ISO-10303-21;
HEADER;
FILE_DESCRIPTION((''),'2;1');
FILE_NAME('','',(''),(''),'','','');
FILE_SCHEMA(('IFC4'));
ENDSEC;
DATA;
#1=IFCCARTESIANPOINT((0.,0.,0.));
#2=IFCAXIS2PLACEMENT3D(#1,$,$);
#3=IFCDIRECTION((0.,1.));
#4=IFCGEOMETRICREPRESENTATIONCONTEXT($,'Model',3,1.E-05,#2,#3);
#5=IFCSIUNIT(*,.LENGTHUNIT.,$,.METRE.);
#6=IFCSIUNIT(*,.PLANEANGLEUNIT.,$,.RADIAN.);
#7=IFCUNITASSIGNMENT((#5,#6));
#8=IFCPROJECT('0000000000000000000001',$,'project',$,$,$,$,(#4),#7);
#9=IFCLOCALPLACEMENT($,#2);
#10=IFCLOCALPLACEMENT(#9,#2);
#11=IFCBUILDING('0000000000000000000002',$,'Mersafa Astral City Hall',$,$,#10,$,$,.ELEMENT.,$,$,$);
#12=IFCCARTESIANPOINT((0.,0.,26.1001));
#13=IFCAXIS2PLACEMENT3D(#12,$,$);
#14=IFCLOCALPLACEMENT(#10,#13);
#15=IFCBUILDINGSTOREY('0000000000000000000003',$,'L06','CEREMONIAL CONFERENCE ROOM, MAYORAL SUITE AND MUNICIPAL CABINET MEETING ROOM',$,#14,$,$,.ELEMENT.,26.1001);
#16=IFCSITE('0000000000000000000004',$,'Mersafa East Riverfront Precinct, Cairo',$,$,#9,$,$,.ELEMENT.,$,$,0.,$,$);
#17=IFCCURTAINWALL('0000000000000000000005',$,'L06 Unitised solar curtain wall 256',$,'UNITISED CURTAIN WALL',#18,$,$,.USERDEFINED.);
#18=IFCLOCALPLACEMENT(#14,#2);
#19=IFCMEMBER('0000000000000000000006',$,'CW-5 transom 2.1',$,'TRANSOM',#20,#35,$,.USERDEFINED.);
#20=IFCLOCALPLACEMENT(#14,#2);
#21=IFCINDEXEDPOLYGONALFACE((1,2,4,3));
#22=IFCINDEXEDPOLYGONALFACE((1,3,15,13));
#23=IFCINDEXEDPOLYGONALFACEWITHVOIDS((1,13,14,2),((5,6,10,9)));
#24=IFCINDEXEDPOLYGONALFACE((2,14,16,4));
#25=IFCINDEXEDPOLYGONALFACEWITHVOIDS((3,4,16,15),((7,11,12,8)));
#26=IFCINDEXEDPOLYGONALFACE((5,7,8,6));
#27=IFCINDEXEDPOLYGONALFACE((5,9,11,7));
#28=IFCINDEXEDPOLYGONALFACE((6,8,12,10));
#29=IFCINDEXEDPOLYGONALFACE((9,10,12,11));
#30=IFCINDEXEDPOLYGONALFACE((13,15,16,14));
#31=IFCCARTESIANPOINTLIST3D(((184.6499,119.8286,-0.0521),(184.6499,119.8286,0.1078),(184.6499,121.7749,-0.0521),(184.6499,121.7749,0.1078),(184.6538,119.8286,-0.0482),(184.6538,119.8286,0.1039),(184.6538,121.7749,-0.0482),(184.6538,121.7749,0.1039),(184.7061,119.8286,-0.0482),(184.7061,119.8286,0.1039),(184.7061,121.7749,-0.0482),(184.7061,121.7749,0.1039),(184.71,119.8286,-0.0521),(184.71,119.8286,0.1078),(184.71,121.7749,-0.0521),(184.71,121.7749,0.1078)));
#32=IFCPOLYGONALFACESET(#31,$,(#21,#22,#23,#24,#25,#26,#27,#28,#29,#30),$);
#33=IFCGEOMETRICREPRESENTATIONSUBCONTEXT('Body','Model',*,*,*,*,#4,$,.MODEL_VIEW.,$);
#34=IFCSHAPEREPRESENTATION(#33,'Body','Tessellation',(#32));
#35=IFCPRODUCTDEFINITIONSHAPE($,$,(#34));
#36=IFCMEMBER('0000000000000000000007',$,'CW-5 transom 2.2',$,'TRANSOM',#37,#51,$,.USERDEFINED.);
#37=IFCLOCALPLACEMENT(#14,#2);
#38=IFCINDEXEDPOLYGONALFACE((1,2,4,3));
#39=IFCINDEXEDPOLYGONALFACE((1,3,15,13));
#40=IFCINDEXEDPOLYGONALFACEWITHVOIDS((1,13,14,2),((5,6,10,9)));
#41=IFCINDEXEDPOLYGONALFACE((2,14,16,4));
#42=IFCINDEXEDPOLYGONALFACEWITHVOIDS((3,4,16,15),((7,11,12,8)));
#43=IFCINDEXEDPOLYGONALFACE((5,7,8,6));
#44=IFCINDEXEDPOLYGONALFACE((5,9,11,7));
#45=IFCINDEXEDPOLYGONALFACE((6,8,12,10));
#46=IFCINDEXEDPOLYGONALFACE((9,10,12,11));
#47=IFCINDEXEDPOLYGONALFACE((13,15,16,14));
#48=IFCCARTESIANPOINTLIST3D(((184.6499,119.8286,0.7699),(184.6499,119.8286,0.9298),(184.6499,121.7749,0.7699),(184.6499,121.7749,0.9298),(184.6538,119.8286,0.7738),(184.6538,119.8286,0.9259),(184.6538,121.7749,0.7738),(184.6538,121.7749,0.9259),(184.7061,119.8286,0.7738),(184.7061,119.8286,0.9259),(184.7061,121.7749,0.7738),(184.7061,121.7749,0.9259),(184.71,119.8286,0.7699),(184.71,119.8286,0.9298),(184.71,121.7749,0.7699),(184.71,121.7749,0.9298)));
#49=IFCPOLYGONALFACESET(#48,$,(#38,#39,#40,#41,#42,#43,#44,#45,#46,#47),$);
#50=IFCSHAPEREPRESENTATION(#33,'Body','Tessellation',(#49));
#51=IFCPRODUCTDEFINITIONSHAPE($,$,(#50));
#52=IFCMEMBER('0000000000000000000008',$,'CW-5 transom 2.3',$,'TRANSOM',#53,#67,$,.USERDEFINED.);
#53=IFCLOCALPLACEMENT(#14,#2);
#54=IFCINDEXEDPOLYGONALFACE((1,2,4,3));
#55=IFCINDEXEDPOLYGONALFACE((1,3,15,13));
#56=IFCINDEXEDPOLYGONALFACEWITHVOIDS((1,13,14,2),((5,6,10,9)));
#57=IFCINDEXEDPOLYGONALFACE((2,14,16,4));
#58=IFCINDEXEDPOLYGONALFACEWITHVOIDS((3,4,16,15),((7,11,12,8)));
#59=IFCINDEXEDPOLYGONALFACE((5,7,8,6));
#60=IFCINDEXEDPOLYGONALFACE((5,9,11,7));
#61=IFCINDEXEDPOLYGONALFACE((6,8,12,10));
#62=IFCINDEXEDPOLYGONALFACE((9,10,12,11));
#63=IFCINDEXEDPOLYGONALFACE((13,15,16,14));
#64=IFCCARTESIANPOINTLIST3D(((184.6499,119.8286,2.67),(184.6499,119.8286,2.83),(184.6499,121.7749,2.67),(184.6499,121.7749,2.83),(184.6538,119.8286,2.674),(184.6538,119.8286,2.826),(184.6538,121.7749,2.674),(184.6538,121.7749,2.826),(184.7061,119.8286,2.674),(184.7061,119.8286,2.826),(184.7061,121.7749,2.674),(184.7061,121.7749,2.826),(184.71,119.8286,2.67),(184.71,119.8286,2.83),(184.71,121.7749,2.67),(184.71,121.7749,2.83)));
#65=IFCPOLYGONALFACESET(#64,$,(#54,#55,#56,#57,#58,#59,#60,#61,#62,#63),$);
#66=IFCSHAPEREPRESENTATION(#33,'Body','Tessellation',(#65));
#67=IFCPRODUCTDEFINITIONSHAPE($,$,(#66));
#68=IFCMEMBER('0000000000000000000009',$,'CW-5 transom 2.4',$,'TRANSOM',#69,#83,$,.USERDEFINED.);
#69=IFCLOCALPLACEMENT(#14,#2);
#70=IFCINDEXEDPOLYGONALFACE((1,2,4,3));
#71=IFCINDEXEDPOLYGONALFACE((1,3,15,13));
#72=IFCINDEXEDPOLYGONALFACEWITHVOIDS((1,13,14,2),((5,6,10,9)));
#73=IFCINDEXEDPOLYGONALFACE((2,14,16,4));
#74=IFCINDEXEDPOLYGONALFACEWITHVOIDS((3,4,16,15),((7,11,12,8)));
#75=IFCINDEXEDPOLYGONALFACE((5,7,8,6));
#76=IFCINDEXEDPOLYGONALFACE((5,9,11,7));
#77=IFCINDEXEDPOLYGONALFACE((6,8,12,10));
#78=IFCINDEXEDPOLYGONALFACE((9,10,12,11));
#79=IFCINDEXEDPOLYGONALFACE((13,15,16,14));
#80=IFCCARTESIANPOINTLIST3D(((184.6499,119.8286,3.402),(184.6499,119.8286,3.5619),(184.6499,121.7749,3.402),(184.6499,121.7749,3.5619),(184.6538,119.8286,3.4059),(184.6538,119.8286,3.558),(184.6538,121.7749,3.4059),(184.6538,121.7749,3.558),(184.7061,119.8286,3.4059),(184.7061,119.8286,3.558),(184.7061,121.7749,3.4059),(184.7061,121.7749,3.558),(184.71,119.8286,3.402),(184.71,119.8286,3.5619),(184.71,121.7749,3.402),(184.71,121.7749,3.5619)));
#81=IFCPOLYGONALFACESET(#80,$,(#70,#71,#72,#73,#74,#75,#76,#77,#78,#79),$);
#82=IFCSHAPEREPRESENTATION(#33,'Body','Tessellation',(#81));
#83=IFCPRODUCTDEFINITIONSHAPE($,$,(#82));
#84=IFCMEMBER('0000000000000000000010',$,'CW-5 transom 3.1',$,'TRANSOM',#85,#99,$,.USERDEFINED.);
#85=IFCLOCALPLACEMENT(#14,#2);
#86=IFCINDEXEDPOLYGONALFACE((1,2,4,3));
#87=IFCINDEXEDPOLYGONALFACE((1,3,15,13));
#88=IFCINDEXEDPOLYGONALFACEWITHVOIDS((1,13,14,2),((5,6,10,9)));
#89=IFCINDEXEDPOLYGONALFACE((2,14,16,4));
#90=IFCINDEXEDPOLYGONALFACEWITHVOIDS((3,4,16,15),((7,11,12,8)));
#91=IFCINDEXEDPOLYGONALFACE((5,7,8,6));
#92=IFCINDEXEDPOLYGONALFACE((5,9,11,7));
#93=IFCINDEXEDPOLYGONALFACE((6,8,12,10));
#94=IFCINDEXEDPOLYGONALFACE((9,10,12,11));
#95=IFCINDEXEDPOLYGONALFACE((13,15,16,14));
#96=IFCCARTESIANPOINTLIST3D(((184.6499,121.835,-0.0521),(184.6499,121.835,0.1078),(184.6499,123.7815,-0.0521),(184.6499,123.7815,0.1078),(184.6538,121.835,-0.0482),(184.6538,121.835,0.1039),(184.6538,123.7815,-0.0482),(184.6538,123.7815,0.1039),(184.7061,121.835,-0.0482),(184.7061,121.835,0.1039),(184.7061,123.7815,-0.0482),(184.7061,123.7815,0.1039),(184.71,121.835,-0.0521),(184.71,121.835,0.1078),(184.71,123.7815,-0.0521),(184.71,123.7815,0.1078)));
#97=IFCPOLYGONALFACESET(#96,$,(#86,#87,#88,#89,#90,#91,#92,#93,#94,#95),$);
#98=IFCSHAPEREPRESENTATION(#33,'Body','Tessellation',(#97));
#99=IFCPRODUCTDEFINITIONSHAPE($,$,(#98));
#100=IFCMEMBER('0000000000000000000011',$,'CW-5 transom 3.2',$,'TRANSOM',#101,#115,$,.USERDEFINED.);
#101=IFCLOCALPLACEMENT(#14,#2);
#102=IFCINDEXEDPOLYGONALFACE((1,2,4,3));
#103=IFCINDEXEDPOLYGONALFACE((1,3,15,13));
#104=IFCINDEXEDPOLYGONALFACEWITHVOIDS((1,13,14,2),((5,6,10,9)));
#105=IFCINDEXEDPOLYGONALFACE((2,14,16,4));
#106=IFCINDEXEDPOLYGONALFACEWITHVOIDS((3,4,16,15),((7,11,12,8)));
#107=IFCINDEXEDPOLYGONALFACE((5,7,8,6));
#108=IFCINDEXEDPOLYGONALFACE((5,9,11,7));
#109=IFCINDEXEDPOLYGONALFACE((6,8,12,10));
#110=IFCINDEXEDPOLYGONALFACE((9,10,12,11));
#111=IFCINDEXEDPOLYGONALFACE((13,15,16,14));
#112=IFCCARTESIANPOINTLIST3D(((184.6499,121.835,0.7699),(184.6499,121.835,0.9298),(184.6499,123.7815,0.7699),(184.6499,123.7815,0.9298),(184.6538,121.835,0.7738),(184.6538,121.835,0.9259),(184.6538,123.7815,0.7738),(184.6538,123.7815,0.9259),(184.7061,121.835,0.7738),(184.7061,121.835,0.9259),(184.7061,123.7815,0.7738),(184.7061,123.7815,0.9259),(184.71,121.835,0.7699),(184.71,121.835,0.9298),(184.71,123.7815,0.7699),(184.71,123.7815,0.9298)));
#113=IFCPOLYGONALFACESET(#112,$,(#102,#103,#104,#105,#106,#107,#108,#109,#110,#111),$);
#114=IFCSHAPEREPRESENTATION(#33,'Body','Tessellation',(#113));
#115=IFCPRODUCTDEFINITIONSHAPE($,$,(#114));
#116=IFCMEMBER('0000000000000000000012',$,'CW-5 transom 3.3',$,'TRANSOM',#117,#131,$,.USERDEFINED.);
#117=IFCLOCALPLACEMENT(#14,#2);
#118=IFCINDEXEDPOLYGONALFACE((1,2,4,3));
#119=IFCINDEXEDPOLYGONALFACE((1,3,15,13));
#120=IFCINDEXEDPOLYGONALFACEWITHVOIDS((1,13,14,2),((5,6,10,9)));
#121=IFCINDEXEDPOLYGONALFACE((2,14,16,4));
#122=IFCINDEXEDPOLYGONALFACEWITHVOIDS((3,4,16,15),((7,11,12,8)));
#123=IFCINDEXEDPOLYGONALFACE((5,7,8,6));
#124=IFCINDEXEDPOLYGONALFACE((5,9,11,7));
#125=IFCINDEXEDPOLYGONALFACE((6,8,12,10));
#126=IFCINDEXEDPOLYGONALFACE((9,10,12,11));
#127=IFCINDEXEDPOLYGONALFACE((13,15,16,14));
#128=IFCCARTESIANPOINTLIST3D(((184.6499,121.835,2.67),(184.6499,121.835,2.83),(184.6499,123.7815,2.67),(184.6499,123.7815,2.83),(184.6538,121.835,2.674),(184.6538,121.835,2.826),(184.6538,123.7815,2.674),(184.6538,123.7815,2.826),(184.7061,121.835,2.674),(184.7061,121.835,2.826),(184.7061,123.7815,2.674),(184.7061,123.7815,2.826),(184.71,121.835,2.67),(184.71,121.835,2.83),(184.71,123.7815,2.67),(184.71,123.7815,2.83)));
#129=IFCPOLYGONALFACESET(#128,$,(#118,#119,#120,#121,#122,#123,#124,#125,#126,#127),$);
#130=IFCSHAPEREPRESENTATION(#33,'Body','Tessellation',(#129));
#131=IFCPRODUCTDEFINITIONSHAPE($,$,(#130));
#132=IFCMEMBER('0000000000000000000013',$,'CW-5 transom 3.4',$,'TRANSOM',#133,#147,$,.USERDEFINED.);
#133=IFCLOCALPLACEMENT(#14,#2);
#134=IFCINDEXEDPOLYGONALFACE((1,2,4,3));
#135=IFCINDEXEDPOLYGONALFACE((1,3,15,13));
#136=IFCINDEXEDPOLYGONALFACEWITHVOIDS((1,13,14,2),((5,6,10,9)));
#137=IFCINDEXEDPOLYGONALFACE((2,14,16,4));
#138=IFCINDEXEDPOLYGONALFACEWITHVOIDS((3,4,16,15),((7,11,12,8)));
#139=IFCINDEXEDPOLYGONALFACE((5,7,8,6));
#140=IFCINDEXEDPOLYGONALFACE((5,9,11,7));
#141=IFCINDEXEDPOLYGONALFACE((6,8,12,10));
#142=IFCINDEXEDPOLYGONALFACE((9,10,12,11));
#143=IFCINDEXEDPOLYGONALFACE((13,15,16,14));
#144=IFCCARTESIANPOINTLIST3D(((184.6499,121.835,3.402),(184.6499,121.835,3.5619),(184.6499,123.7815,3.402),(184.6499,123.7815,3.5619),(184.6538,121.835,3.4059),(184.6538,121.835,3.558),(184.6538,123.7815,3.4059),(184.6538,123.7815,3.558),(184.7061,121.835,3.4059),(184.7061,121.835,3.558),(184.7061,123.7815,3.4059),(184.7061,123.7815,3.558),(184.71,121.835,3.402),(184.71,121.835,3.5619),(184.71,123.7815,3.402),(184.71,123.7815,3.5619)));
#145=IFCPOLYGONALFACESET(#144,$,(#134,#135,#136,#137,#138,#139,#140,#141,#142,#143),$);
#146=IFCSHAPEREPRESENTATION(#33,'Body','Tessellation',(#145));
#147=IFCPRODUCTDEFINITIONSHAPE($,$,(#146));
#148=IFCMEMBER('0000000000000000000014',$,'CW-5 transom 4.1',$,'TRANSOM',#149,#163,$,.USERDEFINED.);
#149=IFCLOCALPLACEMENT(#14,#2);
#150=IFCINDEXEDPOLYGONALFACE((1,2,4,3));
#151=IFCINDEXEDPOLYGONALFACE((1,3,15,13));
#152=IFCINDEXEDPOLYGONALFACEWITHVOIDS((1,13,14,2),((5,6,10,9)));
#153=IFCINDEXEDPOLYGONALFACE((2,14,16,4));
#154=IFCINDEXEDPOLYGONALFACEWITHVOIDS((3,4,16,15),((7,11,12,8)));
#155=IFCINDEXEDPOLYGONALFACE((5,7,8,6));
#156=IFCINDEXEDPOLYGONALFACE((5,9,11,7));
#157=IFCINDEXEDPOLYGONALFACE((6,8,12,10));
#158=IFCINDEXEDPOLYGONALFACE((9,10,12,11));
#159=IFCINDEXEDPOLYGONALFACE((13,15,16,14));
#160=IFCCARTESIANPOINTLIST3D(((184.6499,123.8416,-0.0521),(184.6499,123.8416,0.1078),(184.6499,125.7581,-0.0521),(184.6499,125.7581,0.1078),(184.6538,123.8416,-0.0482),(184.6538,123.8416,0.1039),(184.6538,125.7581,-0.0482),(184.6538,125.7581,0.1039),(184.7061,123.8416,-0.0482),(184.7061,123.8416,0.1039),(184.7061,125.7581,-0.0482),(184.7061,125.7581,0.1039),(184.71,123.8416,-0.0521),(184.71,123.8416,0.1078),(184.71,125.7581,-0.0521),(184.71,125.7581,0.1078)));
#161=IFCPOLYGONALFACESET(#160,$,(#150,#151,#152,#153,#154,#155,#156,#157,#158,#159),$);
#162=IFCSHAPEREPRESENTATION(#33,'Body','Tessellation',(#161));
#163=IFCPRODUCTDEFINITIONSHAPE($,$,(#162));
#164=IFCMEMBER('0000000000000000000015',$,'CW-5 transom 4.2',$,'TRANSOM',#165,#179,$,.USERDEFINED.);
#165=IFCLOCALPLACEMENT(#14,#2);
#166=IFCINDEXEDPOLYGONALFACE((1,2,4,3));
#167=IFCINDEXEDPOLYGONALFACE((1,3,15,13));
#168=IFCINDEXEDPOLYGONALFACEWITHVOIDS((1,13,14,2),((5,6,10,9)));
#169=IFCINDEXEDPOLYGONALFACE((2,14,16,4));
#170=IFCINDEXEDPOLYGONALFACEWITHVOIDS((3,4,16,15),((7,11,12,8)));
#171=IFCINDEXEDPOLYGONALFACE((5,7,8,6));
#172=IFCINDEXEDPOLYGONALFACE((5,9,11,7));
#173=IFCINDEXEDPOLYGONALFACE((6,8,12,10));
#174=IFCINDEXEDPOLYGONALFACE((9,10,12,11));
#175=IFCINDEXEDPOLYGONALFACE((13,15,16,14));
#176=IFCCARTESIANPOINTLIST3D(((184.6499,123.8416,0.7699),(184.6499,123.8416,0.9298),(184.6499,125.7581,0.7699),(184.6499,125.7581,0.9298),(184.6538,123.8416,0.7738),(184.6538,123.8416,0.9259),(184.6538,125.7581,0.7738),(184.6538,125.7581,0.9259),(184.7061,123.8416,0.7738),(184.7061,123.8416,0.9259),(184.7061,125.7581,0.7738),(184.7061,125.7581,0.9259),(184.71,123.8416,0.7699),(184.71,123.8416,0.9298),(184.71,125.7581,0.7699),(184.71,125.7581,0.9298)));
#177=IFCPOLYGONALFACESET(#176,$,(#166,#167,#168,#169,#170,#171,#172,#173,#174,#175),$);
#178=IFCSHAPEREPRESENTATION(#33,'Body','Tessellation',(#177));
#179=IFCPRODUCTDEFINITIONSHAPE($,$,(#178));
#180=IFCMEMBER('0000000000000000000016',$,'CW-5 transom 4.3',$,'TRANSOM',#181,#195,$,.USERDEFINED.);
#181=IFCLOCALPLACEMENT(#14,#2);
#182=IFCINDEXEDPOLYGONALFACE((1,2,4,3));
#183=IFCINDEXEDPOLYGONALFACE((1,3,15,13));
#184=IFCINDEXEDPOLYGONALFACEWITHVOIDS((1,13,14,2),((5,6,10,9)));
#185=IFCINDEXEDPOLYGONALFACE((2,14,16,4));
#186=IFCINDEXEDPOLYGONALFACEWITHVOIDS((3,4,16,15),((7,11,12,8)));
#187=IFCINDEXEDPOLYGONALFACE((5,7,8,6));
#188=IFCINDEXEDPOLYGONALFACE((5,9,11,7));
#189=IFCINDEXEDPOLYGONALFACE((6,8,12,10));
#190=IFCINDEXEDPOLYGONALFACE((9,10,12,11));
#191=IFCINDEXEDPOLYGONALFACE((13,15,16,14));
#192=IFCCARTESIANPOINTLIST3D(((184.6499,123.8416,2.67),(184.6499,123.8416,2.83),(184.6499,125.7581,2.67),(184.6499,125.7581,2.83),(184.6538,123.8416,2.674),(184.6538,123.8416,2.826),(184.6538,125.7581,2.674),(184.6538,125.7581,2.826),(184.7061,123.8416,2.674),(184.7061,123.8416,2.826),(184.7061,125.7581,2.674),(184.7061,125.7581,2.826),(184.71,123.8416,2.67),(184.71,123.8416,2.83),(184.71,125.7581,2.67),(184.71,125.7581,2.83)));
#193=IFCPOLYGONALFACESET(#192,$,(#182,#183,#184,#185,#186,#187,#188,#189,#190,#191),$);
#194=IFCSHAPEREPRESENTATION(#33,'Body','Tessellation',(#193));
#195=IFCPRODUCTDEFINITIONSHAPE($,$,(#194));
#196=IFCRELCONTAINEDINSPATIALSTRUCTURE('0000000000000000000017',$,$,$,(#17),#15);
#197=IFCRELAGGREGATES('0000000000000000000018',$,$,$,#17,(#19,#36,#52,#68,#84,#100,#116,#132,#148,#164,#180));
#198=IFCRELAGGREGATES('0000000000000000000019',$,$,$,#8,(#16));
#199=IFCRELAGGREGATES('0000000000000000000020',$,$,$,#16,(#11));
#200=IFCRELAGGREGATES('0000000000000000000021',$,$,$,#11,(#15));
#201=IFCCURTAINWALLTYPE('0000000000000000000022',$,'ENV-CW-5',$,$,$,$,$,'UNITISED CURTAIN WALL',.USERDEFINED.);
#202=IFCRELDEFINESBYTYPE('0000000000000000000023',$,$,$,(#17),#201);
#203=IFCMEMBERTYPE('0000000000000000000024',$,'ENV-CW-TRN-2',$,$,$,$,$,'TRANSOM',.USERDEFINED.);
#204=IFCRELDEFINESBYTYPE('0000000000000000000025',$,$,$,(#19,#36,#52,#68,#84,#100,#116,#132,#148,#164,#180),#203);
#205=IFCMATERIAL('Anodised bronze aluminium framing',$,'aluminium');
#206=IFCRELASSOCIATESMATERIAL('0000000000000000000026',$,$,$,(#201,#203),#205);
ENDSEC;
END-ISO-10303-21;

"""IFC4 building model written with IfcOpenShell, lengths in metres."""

from ifc_helpers import new_model, si_unit, direction, frame, origin, origin_2d, place, context, subcontext, project, spatial, hollow_rectangle, extrude, material, material_profile, profile_set, type_object, element, aggregate, save


model = new_model("IFC4")

# Units and contexts
model_context = context("Model", 3, precision=1e-05, world=origin(), true_north=direction((0.0, 1.0)))
body_context = subcontext(model_context, "Body", "Model", "MODEL_VIEW")
ifc_project = project(units=[si_unit("LENGTHUNIT", "METRE"), si_unit("PLANEANGLEUNIT", "RADIAN")], contexts=[model_context])

# Site, building, storey
site_placement = place(None, origin())
site = spatial("IfcSite", under=ifc_project, at=site_placement, Name="Mersafa East Riverfront Precinct, Cairo", CompositionType="ELEMENT", RefElevation=0.0)
building_placement = place(site_placement, origin())
building = spatial("IfcBuilding", under=site, at=building_placement, Name="Mersafa Astral City Hall", CompositionType="ELEMENT")
storey_placement = place(building_placement, frame((0.0, 0.0, 26.1001)))
storey = spatial("IfcBuildingStorey", under=building, at=storey_placement, Name="L06", Description="CEREMONIAL CONFERENCE ROOM, MAYORAL SUITE AND MUNICIPAL CABINET MEETING ROOM", CompositionType="ELEMENT", Elevation=26.1001)

# Curtain wall, members
ifc_material_1 = material(Name="Anodised bronze aluminium framing", Category="aluminium")
curtain_wall_type = type_object("IfcCurtainWallType", Name="ENV-CW-5", ElementType="UNITISED CURTAIN WALL", PredefinedType="USERDEFINED", material=ifc_material_1)
curtain_wall_placement = place(storey_placement, origin())
curtain_wall = element("IfcCurtainWall", 1, at=curtain_wall_placement, inside=storey, type_object=curtain_wall_type, Name="L06 Unitised solar curtain wall 256", ObjectType="UNITISED CURTAIN WALL", PredefinedType="USERDEFINED")
ifc_material_profile_1 = material_profile(ifc_material_1, hollow_rectangle(XDim=0.0601, YDim=0.1599, WallThickness=0.0039, at=origin_2d()), Name="RHS 60x160x4")
ifc_profile_set_1 = profile_set([ifc_material_profile_1], Name="Anodised bronze aluminium framing")
member_type_1 = type_object("IfcMemberType", Name="ENV-CW-TRN-2", ElementType="TRANSOM", PredefinedType="USERDEFINED", material=ifc_profile_set_1)
member_1_placement = place(storey_placement, frame((184.6799, 119.8286, 0.0278), z_axis=(0.0, 1.0, 0.0), x_axis=(-1.0, 0.0, 0.0)))
member_1 = element("IfcMember", 2, at=member_1_placement, type_object=member_type_1, Name="CW-5 transom 2.1", ObjectType="TRANSOM", PredefinedType="USERDEFINED", context=body_context, shape_type="SweptSolid", body=[
    extrude(hollow_rectangle(XDim=0.0601, YDim=0.1599, WallThickness=0.0039, at=origin_2d()), origin(), (0.0, 0.0, 1.0), 1.9463),
])
member_2_placement = place(storey_placement, frame((184.6799, 119.8286, 0.8499), z_axis=(0.0, 1.0, 0.0), x_axis=(-1.0, 0.0, 0.0)))
member_2 = element("IfcMember", 3, at=member_2_placement, type_object=member_type_1, Name="CW-5 transom 2.2", ObjectType="TRANSOM", PredefinedType="USERDEFINED", context=body_context, shape_type="SweptSolid", body=[
    extrude(hollow_rectangle(XDim=0.0601, YDim=0.1599, WallThickness=0.0039, at=origin_2d()), origin(), (0.0, 0.0, 1.0), 1.9463),
])
member_3_placement = place(storey_placement, frame((184.6799, 119.8286, 2.75), z_axis=(0.0, 1.0, 0.0), x_axis=(-1.0, 0.0, 0.0)))
member_3 = element("IfcMember", 4, at=member_3_placement, type_object=member_type_1, Name="CW-5 transom 2.3", ObjectType="TRANSOM", PredefinedType="USERDEFINED", context=body_context, shape_type="SweptSolid", body=[
    extrude(hollow_rectangle(XDim=0.0601, YDim=0.1599, WallThickness=0.0039, at=origin_2d()), origin(), (0.0, 0.0, 1.0), 1.9463),
])
member_4_placement = place(storey_placement, frame((184.6799, 119.8286, 3.4819), z_axis=(0.0, 1.0, 0.0), x_axis=(-1.0, 0.0, 0.0)))
member_4 = element("IfcMember", 5, at=member_4_placement, type_object=member_type_1, Name="CW-5 transom 2.4", ObjectType="TRANSOM", PredefinedType="USERDEFINED", context=body_context, shape_type="SweptSolid", body=[
    extrude(hollow_rectangle(XDim=0.0601, YDim=0.1599, WallThickness=0.0039, at=origin_2d()), origin(), (0.0, 0.0, 1.0), 1.9463),
])
member_5_placement = place(storey_placement, frame((184.6799, 121.835, 0.0278), z_axis=(0.0, 1.0, 0.0), x_axis=(-1.0, 0.0, 0.0)))
member_5 = element("IfcMember", 6, at=member_5_placement, type_object=member_type_1, Name="CW-5 transom 3.1", ObjectType="TRANSOM", PredefinedType="USERDEFINED", context=body_context, shape_type="SweptSolid", body=[
    extrude(hollow_rectangle(XDim=0.0601, YDim=0.1599, WallThickness=0.0039, at=origin_2d()), origin(), (0.0, 0.0, 1.0), 1.9465),
])
member_6_placement = place(storey_placement, frame((184.6799, 121.835, 0.8499), z_axis=(0.0, 1.0, 0.0), x_axis=(-1.0, 0.0, 0.0)))
member_6 = element("IfcMember", 7, at=member_6_placement, type_object=member_type_1, Name="CW-5 transom 3.2", ObjectType="TRANSOM", PredefinedType="USERDEFINED", context=body_context, shape_type="SweptSolid", body=[
    extrude(hollow_rectangle(XDim=0.0601, YDim=0.1599, WallThickness=0.0039, at=origin_2d()), origin(), (0.0, 0.0, 1.0), 1.9465),
])
member_7_placement = place(storey_placement, frame((184.6799, 121.835, 2.75), z_axis=(0.0, 1.0, 0.0), x_axis=(-1.0, 0.0, 0.0)))
member_7 = element("IfcMember", 8, at=member_7_placement, type_object=member_type_1, Name="CW-5 transom 3.3", ObjectType="TRANSOM", PredefinedType="USERDEFINED", context=body_context, shape_type="SweptSolid", body=[
    extrude(hollow_rectangle(XDim=0.0601, YDim=0.1599, WallThickness=0.0039, at=origin_2d()), origin(), (0.0, 0.0, 1.0), 1.9465),
])
member_8_placement = place(storey_placement, frame((184.6799, 121.835, 3.4819), z_axis=(0.0, 1.0, 0.0), x_axis=(-1.0, 0.0, 0.0)))
member_8 = element("IfcMember", 9, at=member_8_placement, type_object=member_type_1, Name="CW-5 transom 3.4", ObjectType="TRANSOM", PredefinedType="USERDEFINED", context=body_context, shape_type="SweptSolid", body=[
    extrude(hollow_rectangle(XDim=0.0601, YDim=0.1599, WallThickness=0.0039, at=origin_2d()), origin(), (0.0, 0.0, 1.0), 1.9465),
])
member_9_placement = place(storey_placement, frame((184.6799, 123.8416, 0.0278), z_axis=(0.0, 1.0, 0.0), x_axis=(-1.0, 0.0, 0.0)))
member_9 = element("IfcMember", 10, at=member_9_placement, type_object=member_type_1, Name="CW-5 transom 4.1", ObjectType="TRANSOM", PredefinedType="USERDEFINED", context=body_context, shape_type="SweptSolid", body=[
    extrude(hollow_rectangle(XDim=0.0601, YDim=0.1599, WallThickness=0.0039, at=origin_2d()), origin(), (0.0, 0.0, 1.0), 1.9165),
])
member_10_placement = place(storey_placement, frame((184.6799, 123.8416, 0.8499), z_axis=(0.0, 1.0, 0.0), x_axis=(-1.0, 0.0, 0.0)))
member_10 = element("IfcMember", 11, at=member_10_placement, type_object=member_type_1, Name="CW-5 transom 4.2", ObjectType="TRANSOM", PredefinedType="USERDEFINED", context=body_context, shape_type="SweptSolid", body=[
    extrude(hollow_rectangle(XDim=0.0601, YDim=0.1599, WallThickness=0.0039, at=origin_2d()), origin(), (0.0, 0.0, 1.0), 1.9165),
])
member_11_placement = place(storey_placement, frame((184.6799, 123.8416, 2.75), z_axis=(0.0, 1.0, 0.0), x_axis=(-1.0, 0.0, 0.0)))
member_11 = element("IfcMember", 12, at=member_11_placement, type_object=member_type_1, Name="CW-5 transom 4.3", ObjectType="TRANSOM", PredefinedType="USERDEFINED", context=body_context, shape_type="SweptSolid", body=[
    extrude(hollow_rectangle(XDim=0.0601, YDim=0.1599, WallThickness=0.0039, at=origin_2d()), origin(), (0.0, 0.0, 1.0), 1.9165),
])
aggregate(curtain_wall, [member_1, member_2, member_3, member_4, member_5, member_6, member_7, member_8, member_9, member_10, member_11])

save(model, "model.ifc")
